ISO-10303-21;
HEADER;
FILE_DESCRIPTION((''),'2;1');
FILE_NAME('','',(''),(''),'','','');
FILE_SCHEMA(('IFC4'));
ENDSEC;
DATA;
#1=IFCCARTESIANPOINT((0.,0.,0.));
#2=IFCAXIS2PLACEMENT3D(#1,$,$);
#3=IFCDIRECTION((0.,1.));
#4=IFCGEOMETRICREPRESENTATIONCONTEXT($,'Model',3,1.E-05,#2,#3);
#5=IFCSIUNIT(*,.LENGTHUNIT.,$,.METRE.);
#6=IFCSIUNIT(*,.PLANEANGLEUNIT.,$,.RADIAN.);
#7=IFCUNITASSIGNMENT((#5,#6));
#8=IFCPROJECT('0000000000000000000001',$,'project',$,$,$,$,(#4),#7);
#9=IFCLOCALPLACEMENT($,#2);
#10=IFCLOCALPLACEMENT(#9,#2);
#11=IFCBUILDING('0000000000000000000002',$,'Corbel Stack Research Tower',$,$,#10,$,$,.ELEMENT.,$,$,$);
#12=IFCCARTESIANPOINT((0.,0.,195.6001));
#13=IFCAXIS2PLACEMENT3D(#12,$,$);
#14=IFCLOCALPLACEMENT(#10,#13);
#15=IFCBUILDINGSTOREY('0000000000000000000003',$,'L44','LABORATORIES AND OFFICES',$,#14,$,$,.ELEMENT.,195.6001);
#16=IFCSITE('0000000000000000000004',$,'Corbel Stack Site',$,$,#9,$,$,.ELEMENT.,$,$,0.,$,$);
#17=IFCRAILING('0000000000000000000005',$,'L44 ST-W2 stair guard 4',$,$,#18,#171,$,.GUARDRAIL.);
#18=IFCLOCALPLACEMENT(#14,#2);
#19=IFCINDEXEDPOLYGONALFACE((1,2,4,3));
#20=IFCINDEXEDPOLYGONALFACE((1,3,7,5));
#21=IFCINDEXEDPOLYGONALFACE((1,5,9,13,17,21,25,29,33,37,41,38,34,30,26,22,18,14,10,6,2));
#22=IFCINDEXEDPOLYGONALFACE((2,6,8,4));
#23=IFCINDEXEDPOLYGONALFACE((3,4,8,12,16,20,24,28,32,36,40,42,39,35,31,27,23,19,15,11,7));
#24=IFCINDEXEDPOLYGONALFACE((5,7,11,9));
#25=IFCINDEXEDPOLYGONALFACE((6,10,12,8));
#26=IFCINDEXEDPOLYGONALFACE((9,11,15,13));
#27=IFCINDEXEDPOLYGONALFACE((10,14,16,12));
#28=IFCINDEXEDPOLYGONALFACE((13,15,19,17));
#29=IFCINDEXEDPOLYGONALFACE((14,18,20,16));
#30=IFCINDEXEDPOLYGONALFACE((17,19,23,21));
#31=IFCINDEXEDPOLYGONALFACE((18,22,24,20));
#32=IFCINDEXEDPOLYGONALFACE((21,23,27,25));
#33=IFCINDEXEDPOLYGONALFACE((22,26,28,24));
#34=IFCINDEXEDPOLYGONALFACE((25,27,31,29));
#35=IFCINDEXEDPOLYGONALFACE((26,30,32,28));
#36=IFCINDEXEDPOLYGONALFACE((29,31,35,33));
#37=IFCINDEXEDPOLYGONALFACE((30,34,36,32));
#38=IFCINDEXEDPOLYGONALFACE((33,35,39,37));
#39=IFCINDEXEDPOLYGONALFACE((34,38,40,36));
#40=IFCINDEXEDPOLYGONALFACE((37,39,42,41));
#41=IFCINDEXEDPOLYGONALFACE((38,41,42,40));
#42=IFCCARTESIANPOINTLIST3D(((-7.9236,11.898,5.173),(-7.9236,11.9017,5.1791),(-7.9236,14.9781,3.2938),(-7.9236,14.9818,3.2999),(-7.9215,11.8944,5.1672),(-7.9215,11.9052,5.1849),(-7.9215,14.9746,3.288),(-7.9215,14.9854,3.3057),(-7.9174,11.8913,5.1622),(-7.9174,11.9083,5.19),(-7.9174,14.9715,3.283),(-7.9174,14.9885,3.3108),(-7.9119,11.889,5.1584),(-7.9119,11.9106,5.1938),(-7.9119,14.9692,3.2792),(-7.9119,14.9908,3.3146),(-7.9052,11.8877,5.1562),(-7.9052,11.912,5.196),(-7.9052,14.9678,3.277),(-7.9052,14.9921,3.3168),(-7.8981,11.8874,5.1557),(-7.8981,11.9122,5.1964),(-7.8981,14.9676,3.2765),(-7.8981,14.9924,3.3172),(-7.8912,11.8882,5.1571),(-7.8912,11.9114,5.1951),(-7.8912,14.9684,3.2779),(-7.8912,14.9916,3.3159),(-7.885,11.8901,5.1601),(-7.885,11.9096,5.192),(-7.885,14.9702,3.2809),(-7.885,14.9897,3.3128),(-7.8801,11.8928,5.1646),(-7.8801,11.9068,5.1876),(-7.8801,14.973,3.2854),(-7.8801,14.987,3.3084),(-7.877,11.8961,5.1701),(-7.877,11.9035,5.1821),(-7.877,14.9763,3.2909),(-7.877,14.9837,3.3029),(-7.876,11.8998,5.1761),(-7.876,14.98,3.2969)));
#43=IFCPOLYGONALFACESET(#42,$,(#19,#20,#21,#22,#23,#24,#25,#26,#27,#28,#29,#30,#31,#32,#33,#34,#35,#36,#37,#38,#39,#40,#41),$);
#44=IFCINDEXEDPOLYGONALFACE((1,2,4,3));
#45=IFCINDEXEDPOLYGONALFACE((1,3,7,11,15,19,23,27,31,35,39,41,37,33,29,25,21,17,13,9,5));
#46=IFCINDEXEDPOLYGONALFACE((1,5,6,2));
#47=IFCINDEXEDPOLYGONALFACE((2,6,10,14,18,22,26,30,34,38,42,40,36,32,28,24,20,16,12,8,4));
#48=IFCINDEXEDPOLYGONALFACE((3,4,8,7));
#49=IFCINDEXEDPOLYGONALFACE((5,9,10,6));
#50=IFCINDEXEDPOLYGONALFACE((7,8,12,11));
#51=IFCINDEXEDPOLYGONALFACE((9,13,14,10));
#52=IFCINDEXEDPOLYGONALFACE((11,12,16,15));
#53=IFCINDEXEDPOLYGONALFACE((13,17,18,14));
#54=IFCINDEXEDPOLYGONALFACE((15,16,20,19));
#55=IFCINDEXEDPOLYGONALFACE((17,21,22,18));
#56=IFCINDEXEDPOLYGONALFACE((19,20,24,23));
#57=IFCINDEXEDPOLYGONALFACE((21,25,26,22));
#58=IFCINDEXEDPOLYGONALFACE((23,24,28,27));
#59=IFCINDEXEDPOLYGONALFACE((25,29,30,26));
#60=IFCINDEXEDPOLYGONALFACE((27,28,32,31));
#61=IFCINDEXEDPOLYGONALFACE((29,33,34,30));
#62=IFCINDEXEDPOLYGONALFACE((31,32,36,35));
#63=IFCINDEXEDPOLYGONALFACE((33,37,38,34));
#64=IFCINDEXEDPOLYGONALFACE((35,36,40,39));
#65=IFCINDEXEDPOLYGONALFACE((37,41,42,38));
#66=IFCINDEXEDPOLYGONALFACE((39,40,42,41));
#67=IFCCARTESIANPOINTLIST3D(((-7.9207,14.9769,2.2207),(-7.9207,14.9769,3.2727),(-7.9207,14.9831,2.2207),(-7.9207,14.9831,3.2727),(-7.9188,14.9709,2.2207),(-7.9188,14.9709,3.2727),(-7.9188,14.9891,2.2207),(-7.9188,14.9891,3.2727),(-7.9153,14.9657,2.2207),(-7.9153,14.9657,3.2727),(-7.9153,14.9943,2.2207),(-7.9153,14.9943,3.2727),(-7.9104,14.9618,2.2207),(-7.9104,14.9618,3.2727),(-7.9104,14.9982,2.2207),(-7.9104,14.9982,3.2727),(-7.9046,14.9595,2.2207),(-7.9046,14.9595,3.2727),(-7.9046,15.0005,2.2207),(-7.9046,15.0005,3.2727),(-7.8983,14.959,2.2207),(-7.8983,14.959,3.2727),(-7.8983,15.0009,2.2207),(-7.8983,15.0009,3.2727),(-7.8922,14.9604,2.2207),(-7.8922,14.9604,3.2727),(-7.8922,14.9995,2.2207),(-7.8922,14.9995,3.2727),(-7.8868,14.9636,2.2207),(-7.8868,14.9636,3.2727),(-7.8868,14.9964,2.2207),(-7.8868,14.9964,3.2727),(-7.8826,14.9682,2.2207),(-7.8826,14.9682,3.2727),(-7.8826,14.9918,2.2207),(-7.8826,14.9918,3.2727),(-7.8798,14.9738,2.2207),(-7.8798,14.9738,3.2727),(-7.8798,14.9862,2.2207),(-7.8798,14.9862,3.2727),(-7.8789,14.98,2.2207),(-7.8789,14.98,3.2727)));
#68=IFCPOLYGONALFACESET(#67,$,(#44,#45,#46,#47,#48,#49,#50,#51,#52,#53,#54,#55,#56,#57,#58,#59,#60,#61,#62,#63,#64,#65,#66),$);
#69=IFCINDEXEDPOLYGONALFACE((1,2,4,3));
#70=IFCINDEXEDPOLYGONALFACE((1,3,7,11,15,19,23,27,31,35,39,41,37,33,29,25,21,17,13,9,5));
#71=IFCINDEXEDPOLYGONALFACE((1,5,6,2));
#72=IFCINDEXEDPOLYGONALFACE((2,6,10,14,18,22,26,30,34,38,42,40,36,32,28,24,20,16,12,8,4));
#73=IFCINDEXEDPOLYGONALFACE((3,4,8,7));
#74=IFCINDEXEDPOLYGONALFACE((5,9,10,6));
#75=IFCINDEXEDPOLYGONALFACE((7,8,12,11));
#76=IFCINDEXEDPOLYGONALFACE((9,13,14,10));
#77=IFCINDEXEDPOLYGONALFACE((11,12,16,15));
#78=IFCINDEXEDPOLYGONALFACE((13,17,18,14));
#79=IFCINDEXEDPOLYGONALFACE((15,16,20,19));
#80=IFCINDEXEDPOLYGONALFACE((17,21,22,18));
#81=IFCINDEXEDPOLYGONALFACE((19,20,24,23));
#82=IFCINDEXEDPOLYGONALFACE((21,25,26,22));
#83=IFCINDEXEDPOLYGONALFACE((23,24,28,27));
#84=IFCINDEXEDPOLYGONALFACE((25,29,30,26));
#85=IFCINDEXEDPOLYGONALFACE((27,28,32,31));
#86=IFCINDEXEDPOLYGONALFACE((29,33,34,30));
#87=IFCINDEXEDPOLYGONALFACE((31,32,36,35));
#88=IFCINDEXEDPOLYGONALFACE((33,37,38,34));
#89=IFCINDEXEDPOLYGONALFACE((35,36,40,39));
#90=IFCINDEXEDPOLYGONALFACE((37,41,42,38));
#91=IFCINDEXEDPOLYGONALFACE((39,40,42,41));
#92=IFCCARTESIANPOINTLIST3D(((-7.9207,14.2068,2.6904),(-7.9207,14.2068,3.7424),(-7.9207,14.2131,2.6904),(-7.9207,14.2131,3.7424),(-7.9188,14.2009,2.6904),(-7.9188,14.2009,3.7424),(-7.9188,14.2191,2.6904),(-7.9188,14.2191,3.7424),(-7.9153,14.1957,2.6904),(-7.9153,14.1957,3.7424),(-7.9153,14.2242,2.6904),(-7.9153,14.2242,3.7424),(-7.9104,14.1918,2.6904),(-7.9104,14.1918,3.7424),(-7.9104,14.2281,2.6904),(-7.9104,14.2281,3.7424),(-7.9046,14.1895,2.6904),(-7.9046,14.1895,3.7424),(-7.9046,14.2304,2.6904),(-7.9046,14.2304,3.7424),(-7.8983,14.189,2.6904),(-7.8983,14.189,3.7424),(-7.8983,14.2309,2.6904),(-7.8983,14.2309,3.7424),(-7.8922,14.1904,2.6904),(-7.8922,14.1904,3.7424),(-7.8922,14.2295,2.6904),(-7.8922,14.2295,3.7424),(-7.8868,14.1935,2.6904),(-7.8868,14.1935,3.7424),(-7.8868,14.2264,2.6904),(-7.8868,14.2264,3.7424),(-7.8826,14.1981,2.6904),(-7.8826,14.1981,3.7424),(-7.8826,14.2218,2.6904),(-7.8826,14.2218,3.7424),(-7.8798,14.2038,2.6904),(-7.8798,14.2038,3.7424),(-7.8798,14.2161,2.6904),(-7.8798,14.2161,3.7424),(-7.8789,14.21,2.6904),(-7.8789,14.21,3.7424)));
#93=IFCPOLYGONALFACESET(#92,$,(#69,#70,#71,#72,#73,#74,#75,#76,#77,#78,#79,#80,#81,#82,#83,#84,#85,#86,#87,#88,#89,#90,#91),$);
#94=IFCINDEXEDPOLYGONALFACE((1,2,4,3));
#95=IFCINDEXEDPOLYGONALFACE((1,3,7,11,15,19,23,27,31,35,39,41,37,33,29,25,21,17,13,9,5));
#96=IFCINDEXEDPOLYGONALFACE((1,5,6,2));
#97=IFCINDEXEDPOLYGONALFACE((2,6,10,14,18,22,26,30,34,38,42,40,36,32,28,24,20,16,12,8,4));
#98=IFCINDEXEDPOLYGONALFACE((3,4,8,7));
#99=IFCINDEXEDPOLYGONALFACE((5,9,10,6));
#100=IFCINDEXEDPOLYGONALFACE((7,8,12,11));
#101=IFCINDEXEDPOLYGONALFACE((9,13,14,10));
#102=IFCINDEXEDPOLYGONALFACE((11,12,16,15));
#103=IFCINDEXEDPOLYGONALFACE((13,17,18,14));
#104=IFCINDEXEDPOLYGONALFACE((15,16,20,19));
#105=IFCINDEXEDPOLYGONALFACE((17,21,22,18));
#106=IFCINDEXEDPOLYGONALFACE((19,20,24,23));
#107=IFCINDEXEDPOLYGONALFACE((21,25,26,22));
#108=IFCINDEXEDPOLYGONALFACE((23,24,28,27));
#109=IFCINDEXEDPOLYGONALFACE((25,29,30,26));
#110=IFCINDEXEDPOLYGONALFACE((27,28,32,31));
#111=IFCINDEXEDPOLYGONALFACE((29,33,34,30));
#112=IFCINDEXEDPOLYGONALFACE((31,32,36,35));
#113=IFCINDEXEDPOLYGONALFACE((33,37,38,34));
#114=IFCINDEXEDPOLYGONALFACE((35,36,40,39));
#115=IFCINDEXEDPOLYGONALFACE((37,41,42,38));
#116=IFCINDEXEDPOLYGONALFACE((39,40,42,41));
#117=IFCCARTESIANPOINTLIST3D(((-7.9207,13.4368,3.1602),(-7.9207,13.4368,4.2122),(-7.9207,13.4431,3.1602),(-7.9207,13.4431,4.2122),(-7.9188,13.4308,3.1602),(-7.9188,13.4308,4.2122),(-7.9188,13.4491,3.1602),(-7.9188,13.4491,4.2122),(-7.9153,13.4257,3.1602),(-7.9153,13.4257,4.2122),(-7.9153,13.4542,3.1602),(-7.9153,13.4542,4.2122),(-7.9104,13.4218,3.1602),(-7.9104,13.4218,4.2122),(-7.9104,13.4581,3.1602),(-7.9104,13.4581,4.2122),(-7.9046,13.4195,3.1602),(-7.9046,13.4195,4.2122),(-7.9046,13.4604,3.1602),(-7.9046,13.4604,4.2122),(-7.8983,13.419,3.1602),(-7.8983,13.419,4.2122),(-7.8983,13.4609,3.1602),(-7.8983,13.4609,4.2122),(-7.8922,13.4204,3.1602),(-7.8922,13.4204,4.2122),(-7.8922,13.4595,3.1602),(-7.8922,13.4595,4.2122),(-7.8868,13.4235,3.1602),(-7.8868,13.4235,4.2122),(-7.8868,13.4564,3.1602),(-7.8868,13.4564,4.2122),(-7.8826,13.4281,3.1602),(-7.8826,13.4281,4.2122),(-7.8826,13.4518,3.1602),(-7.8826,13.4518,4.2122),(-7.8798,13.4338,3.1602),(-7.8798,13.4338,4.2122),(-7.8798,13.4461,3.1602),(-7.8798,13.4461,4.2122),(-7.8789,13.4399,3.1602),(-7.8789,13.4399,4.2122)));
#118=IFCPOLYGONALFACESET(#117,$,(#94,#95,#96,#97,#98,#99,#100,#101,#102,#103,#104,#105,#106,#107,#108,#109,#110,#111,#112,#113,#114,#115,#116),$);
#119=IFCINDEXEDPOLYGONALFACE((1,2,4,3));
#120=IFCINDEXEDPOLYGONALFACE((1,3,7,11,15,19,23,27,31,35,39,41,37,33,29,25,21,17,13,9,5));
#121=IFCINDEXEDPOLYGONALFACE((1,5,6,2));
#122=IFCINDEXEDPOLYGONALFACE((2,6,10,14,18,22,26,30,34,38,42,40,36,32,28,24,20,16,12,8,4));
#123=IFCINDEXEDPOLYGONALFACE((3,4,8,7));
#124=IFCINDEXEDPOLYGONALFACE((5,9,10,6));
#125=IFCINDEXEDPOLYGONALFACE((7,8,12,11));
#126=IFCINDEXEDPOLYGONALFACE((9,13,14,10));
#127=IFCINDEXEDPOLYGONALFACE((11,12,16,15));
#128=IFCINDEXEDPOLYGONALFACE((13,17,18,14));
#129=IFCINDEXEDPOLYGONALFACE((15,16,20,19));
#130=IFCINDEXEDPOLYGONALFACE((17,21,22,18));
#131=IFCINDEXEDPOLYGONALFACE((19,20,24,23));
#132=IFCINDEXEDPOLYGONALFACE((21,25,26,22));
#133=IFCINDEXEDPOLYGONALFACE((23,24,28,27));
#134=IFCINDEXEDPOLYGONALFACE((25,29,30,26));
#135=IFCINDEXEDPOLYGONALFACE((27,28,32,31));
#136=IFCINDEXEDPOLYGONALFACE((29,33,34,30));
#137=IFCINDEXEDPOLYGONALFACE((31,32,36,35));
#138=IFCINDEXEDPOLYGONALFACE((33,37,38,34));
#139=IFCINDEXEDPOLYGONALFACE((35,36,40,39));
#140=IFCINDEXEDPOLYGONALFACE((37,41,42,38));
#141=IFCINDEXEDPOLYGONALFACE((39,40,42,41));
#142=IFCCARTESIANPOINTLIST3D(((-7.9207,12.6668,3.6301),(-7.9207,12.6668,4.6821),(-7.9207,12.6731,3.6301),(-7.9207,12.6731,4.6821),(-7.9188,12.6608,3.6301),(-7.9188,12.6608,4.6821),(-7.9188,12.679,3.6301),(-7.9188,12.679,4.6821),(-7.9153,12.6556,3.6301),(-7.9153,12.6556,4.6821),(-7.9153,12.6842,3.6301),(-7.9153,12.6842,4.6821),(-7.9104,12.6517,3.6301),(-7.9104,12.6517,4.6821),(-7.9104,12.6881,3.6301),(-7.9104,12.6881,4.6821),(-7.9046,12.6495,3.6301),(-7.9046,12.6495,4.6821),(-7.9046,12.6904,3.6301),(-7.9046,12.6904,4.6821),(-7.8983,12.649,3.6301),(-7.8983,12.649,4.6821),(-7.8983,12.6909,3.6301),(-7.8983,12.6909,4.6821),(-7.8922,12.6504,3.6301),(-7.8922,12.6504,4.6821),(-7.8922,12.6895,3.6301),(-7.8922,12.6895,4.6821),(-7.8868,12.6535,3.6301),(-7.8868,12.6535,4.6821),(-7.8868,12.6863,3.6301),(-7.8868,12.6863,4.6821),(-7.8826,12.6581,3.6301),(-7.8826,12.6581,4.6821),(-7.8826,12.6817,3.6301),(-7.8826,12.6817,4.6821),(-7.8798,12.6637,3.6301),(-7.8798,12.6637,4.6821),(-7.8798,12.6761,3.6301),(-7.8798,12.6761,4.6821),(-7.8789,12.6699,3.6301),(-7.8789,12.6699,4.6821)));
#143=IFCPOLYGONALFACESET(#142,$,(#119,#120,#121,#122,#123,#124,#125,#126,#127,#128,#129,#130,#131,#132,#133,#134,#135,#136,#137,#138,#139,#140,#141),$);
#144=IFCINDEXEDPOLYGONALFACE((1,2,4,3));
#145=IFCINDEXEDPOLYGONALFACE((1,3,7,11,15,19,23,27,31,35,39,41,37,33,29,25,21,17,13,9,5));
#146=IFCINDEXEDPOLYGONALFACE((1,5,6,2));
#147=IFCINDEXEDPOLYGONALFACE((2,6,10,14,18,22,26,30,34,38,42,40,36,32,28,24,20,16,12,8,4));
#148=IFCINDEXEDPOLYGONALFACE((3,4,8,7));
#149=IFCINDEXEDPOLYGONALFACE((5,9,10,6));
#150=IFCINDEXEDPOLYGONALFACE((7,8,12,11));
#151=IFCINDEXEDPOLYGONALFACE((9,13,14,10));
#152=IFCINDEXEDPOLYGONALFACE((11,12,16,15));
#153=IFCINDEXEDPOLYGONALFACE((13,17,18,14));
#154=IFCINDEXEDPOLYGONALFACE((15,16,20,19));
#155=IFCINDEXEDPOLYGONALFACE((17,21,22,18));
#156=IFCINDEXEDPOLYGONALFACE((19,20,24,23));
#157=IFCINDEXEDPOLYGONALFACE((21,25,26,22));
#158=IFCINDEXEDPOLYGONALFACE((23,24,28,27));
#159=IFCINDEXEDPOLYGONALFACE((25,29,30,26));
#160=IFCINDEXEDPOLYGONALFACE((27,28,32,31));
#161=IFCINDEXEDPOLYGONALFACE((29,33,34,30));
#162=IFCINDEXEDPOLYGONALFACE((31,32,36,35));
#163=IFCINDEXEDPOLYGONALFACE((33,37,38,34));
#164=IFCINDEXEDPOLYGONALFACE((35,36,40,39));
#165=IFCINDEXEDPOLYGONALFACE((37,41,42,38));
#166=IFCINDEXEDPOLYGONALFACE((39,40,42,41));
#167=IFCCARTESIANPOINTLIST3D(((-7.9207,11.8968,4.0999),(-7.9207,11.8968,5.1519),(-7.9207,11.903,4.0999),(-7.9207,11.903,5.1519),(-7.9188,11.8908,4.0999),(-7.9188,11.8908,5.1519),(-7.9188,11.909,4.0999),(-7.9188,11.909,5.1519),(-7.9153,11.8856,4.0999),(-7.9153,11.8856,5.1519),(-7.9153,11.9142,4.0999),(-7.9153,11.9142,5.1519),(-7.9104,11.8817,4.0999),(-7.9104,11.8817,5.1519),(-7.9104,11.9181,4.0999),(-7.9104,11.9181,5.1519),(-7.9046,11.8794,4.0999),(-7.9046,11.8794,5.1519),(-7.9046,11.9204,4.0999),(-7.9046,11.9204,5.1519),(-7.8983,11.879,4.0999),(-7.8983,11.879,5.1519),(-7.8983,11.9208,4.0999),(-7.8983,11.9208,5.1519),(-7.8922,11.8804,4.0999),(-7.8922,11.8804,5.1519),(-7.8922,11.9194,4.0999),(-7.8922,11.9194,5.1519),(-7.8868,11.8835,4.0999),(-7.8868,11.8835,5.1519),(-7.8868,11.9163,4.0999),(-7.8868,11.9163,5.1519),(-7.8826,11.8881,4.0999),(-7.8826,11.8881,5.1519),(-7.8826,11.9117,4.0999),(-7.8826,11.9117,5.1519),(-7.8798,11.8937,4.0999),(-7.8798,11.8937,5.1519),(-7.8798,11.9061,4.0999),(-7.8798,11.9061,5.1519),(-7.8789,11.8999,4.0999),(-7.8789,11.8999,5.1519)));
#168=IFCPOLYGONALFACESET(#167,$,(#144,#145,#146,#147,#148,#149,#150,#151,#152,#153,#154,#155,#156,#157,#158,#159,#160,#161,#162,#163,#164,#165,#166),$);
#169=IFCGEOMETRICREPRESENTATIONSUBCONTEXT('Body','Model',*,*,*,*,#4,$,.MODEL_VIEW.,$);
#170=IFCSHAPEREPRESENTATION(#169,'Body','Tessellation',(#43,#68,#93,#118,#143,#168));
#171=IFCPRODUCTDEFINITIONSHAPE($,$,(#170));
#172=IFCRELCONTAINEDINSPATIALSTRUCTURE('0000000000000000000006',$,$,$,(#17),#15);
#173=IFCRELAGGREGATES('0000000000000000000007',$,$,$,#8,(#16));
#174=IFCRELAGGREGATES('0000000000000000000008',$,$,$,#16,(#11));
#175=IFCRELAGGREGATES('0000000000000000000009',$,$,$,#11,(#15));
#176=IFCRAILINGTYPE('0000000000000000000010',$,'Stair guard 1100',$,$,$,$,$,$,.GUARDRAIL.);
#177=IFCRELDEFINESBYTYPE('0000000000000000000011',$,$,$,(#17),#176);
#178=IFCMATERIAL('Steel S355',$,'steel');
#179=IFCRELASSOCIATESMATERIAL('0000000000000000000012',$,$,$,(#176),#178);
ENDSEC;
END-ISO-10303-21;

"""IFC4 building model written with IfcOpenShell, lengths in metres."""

from ifc_helpers import new_model, si_unit, direction, frame, origin, origin_2d, place, context, subcontext, project, spatial, circle, extrude, material, type_object, element, save


model = new_model("IFC4")

# Units and contexts
model_context = context("Model", 3, precision=1e-05, world=origin(), true_north=direction((0.0, 1.0)))
body_context = subcontext(model_context, "Body", "Model", "MODEL_VIEW")
ifc_project = project(units=[si_unit("LENGTHUNIT", "METRE"), si_unit("PLANEANGLEUNIT", "RADIAN")], contexts=[model_context])

# Site, building, storey
site_placement = place(None, origin())
site = spatial("IfcSite", under=ifc_project, at=site_placement, Name="Corbel Stack Site", CompositionType="ELEMENT", RefElevation=0.0)
building_placement = place(site_placement, origin())
building = spatial("IfcBuilding", under=site, at=building_placement, Name="Corbel Stack Research Tower", CompositionType="ELEMENT")
storey_placement = place(building_placement, frame((0.0, 0.0, 195.6001)))
storey = spatial("IfcBuildingStorey", under=building, at=storey_placement, Name="L44", Description="LABORATORIES AND OFFICES", CompositionType="ELEMENT", Elevation=195.6001)

# Railing
ifc_material_1 = material(Name="Steel S355", Category="steel")
railing_type_1 = type_object("IfcRailingType", Name="Stair guard 1100", PredefinedType="GUARDRAIL", material=ifc_material_1)
railing_1_placement = place(storey_placement, frame((-7.8999, 14.98, 2.2207)))
element("IfcRailing", 1, at=railing_1_placement, inside=storey, type_object=railing_type_1, Name="L44 ST-W2 stair guard 4", PredefinedType="GUARDRAIL", context=body_context, shape_type="SweptSolid", body=[
    extrude(circle(Radius=0.0239, at=origin_2d()), frame((0.0, 0.0, 1.0762), z_axis=(0.0, -0.853666, 0.52082), x_axis=(1.0, 0.0, 0.0)), (0.0, 0.0, 1.0), 3.6082),
    extrude(circle(Radius=0.021, at=origin_2d()), origin(), (0.0, 0.0, 1.0), 1.052),
    extrude(circle(Radius=0.021, at=origin_2d()), frame((0.0, -0.77, 0.4697)), (0.0, 0.0, 1.0), 1.052),
    extrude(circle(Radius=0.021, at=origin_2d()), frame((0.0, -1.54, 0.9395)), (0.0, 0.0, 1.0), 1.052),
    extrude(circle(Radius=0.021, at=origin_2d()), frame((0.0, -2.3101, 1.4094)), (0.0, 0.0, 1.0), 1.052),
    extrude(circle(Radius=0.021, at=origin_2d()), frame((0.0, -3.0801, 1.8792)), (0.0, 0.0, 1.0), 1.052),
])

save(model, "model.ifc")
